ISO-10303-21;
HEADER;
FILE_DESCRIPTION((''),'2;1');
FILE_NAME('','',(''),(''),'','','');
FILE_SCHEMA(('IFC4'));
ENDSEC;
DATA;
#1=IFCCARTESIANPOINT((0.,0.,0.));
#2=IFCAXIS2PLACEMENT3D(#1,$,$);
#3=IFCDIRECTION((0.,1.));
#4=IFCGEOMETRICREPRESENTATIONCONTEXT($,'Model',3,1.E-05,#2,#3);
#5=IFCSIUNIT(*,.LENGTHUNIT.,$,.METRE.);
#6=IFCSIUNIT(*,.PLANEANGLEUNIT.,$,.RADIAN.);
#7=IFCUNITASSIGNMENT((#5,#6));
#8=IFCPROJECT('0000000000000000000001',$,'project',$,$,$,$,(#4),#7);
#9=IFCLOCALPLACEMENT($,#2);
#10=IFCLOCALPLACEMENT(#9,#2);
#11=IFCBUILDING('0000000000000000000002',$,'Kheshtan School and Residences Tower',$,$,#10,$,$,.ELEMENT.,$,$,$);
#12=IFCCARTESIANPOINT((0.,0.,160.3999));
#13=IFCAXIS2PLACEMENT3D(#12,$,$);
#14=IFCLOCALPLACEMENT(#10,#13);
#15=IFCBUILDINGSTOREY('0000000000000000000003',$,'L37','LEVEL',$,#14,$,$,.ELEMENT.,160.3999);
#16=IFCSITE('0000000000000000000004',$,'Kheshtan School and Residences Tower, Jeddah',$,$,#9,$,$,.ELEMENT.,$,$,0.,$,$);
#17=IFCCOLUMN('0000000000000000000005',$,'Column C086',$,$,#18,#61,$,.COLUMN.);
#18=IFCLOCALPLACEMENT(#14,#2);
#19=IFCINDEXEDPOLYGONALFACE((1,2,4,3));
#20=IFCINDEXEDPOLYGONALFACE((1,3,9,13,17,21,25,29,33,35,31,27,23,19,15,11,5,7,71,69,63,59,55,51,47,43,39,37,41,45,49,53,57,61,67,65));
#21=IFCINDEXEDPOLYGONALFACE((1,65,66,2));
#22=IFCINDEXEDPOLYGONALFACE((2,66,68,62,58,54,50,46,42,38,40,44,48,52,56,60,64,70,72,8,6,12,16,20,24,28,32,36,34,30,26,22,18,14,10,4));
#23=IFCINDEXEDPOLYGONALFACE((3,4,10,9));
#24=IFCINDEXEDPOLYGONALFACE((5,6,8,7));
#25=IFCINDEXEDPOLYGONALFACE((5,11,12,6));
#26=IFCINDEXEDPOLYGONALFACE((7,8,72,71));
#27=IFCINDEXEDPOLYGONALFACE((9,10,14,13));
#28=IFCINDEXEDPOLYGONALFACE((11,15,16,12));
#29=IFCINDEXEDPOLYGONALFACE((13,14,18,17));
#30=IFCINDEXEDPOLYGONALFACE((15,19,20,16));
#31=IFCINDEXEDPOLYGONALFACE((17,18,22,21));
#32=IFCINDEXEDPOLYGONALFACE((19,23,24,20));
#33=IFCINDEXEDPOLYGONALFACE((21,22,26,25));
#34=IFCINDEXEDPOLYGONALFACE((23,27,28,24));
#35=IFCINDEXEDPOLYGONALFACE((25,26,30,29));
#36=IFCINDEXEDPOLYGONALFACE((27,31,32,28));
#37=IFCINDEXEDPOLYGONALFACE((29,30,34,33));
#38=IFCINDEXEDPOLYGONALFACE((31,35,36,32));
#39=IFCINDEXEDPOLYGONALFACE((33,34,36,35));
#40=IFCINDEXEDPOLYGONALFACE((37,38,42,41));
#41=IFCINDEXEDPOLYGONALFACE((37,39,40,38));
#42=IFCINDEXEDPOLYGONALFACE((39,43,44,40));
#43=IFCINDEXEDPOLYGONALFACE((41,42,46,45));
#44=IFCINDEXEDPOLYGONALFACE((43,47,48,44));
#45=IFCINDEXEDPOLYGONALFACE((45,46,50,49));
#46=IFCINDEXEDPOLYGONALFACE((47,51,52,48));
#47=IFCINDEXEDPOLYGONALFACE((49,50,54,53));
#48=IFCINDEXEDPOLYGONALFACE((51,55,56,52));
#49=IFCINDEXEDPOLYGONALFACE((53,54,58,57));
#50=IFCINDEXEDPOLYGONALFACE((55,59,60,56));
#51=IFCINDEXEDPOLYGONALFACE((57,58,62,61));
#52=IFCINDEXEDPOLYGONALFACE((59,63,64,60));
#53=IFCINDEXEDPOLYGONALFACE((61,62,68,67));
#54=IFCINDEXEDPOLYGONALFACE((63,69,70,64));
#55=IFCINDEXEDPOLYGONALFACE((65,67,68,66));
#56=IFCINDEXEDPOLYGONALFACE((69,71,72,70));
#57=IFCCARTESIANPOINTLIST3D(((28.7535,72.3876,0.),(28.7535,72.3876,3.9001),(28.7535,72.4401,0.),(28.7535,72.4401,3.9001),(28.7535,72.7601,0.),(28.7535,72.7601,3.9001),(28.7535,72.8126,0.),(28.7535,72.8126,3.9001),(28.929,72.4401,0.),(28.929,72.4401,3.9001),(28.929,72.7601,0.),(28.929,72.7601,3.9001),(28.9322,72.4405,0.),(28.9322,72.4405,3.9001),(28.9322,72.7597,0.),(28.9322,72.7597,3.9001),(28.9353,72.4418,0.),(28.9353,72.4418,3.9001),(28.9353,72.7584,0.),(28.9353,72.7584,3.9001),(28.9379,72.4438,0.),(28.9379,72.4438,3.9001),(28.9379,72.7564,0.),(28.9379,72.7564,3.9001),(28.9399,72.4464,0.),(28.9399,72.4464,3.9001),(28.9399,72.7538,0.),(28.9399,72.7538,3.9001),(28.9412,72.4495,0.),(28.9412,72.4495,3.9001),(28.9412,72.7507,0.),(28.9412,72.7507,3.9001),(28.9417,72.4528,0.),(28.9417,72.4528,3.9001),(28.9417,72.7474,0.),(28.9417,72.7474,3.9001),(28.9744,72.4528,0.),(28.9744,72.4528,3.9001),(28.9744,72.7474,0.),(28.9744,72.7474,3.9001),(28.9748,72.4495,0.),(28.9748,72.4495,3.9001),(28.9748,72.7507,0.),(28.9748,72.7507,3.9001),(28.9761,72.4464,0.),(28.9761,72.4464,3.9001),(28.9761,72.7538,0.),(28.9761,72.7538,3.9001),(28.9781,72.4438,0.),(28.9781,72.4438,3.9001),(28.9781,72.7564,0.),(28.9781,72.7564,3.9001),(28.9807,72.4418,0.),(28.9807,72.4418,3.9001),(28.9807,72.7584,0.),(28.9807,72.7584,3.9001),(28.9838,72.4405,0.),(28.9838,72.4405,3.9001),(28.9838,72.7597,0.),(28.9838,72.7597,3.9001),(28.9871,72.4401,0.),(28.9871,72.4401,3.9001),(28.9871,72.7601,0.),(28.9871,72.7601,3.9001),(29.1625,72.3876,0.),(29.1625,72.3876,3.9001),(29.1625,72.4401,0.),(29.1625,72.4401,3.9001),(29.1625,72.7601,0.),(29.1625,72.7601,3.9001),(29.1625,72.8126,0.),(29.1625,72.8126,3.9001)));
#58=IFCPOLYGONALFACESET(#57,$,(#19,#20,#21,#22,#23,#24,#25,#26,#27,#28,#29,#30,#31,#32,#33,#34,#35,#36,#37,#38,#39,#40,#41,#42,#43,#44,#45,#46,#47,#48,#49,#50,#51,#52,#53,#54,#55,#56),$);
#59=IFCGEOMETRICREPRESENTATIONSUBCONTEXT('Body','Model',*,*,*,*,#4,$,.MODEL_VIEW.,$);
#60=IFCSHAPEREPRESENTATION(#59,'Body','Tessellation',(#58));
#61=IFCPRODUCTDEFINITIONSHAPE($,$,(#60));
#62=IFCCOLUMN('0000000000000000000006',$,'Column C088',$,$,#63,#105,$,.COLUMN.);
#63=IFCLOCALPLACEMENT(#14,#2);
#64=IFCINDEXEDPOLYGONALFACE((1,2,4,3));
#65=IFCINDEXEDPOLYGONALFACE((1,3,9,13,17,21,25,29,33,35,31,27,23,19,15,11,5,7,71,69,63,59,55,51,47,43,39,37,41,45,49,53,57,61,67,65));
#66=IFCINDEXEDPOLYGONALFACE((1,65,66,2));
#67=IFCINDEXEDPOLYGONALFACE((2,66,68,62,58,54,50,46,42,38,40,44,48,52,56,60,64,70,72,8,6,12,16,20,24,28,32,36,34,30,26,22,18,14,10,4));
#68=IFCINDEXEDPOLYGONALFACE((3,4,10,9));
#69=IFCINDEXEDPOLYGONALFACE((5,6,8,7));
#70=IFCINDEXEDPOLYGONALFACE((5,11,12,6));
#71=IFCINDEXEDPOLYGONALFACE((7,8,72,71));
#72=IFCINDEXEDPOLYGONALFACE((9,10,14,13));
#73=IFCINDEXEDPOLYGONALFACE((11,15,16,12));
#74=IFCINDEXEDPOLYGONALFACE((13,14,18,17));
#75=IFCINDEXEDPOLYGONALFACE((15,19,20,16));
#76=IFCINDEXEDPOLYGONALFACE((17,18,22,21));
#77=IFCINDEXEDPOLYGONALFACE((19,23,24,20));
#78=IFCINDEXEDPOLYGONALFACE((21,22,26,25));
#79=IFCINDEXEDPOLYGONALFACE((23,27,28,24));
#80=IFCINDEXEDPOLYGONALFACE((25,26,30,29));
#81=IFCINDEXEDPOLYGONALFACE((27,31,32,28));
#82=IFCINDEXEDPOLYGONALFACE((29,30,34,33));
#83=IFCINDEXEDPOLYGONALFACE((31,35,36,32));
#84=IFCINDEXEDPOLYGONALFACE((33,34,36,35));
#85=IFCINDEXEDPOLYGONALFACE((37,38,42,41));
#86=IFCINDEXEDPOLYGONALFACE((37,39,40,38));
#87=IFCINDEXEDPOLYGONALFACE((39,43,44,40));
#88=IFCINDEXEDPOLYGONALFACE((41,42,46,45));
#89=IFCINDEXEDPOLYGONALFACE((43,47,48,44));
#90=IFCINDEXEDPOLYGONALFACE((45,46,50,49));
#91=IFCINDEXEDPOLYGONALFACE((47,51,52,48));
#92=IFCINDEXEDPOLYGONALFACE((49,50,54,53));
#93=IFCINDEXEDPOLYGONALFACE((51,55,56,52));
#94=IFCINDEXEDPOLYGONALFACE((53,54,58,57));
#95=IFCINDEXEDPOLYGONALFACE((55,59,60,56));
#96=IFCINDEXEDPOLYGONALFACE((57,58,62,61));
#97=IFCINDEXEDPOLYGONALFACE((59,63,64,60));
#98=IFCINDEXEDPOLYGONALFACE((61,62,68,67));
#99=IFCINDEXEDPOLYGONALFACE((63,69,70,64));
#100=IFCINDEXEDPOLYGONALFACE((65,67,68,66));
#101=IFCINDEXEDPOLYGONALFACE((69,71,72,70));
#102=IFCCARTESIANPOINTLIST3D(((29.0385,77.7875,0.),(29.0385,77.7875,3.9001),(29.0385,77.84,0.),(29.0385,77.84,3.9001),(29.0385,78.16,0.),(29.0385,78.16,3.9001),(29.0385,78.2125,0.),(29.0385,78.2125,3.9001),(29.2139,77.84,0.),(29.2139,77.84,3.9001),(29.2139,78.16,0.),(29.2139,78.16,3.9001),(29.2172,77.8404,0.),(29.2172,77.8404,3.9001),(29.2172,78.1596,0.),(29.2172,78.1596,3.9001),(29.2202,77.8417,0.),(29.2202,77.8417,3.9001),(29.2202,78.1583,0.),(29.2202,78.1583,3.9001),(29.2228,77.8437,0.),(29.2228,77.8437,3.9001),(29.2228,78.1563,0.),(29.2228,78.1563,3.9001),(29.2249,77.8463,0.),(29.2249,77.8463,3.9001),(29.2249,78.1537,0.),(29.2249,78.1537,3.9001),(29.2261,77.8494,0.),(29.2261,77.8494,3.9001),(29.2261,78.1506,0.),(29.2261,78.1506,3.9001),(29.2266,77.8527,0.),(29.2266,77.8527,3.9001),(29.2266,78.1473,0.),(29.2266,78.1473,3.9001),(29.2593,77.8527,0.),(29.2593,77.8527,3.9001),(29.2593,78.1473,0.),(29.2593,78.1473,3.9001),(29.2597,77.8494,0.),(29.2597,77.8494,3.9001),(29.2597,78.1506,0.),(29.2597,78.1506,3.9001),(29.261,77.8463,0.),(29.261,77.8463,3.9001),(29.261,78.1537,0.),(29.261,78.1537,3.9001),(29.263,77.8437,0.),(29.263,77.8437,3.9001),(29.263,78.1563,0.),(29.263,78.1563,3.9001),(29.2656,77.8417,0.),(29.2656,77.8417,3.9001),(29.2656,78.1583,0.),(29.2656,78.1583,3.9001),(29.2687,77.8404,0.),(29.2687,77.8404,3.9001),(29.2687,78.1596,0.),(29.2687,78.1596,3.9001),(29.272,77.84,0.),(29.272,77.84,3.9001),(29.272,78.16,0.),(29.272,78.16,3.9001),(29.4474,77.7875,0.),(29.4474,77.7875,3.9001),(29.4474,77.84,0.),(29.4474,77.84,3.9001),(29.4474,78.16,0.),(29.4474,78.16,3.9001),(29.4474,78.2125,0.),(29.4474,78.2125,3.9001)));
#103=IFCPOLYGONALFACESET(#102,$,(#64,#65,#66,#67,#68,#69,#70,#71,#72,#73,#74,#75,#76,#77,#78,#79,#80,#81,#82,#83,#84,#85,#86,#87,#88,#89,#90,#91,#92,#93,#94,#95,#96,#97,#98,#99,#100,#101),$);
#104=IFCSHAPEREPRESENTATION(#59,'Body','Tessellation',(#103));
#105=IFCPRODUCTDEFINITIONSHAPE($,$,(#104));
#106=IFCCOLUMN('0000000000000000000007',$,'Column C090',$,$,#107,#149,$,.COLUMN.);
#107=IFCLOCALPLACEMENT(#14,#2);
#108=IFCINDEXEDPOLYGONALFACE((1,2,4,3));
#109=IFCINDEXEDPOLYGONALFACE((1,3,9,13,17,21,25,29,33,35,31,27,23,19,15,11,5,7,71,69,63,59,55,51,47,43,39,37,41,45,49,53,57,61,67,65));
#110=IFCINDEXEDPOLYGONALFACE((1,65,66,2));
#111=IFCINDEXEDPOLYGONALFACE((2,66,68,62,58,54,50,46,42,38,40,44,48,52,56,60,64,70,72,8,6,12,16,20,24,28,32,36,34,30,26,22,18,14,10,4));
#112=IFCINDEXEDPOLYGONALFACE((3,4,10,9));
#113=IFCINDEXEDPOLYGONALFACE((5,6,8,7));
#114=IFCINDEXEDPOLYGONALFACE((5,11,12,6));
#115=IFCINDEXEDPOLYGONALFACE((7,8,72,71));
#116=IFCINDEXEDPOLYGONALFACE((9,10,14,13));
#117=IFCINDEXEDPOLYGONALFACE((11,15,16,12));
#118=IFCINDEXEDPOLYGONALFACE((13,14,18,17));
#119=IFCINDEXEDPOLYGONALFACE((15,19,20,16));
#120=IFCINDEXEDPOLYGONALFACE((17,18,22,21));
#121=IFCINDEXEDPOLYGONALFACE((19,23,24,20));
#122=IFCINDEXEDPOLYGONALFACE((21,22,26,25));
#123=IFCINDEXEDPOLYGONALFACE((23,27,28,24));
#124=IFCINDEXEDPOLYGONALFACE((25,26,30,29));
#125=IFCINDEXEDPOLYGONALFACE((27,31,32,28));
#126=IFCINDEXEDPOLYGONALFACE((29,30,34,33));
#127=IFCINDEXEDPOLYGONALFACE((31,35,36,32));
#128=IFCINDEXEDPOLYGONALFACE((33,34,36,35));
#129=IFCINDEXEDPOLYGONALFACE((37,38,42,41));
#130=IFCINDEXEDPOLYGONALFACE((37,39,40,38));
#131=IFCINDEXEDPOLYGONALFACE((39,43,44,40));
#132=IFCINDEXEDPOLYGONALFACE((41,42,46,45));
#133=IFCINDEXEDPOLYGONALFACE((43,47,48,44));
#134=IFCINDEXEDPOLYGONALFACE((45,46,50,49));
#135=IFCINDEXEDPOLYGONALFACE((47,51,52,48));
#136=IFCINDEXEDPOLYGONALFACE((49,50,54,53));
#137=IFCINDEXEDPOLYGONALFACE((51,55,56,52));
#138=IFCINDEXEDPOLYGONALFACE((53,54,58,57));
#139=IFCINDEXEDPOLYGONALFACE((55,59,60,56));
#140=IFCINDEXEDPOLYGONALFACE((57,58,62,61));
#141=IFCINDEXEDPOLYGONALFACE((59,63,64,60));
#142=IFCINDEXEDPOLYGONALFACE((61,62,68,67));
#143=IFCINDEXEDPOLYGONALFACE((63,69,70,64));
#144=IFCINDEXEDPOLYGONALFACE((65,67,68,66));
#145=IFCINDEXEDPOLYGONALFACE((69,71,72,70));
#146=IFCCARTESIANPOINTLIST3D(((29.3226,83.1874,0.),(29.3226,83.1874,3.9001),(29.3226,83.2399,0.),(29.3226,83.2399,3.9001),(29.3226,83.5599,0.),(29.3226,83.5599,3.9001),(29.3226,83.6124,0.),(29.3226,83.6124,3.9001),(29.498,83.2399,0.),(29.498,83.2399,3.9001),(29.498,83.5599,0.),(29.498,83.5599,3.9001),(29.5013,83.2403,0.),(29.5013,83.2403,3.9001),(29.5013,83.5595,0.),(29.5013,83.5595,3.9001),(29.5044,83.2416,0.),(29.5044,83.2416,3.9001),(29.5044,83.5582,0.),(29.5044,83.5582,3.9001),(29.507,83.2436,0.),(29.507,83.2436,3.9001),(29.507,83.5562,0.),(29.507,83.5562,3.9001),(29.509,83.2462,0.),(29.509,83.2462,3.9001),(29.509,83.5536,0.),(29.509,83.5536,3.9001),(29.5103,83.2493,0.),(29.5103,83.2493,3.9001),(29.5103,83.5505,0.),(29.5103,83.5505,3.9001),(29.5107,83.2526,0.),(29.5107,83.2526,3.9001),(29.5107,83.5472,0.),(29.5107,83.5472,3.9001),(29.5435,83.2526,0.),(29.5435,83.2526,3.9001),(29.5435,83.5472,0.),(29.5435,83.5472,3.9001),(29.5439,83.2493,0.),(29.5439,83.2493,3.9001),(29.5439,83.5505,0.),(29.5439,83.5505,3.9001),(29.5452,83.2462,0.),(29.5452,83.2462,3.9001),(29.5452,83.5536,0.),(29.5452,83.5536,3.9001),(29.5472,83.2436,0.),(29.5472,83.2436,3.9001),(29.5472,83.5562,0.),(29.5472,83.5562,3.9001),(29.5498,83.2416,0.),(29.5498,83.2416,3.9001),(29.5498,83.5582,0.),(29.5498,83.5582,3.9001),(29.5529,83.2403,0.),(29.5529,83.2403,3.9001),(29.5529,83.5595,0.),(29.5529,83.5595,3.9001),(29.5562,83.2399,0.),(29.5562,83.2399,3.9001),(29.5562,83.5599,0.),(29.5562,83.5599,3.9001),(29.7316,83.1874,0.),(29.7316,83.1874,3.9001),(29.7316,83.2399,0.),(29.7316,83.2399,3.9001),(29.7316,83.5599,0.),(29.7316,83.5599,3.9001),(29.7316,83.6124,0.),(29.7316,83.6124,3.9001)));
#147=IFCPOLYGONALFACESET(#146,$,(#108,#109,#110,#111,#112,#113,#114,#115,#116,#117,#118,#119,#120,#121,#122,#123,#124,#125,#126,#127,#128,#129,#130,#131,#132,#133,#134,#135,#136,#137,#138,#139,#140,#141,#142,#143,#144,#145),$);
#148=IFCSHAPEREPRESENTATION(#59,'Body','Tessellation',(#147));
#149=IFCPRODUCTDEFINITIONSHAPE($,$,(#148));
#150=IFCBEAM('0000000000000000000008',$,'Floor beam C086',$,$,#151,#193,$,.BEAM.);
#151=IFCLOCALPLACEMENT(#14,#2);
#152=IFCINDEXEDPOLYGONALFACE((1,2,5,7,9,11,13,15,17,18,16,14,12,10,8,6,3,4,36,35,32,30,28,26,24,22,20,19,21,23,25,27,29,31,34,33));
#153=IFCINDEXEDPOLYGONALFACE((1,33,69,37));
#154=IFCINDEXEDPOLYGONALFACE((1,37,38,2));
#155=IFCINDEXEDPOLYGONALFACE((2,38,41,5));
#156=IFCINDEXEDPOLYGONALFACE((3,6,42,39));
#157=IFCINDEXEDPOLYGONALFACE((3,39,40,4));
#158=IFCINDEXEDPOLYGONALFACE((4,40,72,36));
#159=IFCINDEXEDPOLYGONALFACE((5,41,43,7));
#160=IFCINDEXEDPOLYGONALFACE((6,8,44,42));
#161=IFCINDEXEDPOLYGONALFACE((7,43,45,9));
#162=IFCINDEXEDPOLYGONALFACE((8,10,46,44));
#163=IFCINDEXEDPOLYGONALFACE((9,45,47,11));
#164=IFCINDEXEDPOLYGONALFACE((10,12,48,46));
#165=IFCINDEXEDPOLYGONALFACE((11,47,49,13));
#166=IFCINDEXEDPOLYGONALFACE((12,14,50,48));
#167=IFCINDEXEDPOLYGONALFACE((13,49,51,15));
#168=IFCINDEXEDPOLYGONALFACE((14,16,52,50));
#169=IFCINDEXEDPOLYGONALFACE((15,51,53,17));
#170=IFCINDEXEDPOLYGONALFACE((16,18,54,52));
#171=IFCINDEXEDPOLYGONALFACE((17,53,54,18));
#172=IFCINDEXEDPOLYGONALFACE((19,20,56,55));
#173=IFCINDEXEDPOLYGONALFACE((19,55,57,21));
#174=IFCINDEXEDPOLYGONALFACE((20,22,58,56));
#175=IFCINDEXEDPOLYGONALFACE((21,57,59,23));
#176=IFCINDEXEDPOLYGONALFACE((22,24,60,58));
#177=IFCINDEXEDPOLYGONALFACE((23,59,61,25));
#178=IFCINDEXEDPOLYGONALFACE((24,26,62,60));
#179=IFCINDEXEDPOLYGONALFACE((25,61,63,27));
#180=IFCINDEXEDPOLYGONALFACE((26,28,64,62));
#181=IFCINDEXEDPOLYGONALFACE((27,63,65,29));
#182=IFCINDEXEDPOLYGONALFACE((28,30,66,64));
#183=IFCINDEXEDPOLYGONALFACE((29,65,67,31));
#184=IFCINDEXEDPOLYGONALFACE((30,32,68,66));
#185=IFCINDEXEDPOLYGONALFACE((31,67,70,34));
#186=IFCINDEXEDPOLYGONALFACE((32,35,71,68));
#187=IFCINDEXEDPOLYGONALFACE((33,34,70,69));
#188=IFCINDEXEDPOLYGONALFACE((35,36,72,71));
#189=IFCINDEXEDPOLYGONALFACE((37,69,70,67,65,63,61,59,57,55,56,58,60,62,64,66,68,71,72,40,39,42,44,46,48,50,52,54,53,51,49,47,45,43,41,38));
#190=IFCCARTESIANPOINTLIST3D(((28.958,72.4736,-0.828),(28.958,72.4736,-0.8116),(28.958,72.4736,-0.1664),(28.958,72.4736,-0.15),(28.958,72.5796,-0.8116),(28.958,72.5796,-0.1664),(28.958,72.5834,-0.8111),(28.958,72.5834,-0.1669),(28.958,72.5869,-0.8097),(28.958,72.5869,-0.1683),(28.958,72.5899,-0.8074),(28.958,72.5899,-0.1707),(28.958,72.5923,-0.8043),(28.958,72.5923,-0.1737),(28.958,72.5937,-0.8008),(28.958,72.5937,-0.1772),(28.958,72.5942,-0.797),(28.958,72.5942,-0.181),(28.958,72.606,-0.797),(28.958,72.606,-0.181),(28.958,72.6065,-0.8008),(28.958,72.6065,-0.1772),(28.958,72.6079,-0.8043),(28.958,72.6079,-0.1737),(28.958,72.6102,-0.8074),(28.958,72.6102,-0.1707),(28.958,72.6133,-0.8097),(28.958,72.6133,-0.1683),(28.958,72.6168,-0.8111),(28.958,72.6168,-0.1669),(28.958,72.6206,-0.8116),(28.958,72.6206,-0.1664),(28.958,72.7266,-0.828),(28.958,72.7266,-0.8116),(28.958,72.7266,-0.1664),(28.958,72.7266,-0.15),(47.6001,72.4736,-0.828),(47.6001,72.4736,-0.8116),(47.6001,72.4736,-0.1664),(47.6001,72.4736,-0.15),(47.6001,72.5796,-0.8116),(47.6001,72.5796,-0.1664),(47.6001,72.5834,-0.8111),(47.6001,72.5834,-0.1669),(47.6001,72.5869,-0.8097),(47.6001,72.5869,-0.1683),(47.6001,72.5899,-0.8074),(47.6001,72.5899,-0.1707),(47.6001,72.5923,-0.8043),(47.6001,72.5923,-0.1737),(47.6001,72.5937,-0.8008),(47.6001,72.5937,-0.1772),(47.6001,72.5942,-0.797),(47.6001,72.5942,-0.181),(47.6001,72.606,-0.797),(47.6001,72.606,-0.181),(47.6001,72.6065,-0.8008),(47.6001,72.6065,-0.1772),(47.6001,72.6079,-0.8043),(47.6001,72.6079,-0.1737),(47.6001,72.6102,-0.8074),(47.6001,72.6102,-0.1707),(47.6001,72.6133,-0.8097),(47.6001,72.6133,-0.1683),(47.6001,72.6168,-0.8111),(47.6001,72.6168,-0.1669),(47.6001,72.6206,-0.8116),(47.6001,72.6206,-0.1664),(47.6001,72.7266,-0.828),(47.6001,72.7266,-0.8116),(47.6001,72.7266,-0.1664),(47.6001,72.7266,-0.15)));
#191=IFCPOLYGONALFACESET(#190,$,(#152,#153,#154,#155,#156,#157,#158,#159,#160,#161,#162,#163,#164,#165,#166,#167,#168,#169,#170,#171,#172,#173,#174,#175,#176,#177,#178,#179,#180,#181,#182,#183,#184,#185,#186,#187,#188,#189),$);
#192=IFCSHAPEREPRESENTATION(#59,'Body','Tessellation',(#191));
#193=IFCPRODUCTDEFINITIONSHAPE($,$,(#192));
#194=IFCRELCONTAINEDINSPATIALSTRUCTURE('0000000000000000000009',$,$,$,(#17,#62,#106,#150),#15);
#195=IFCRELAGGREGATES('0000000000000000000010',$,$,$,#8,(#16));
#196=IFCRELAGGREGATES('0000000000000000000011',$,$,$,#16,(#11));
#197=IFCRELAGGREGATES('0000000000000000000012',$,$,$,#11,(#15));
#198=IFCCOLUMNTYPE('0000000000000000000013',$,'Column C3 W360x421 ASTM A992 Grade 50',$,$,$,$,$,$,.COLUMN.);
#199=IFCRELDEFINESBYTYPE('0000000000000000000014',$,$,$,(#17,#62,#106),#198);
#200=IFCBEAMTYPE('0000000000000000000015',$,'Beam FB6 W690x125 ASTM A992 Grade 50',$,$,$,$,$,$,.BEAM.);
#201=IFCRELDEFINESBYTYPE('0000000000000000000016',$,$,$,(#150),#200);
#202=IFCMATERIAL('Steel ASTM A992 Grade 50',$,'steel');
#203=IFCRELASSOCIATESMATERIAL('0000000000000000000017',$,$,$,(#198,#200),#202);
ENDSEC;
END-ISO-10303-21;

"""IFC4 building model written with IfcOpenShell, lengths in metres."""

from ifc_helpers import new_model, si_unit, direction, frame, origin, origin_2d, place, context, subcontext, project, spatial, i_section, extrude, material, material_profile, profile_set, type_object, element, save


model = new_model("IFC4")

# Units and contexts
model_context = context("Model", 3, precision=1e-05, world=origin(), true_north=direction((0.0, 1.0)))
body_context = subcontext(model_context, "Body", "Model", "MODEL_VIEW")
ifc_project = project(units=[si_unit("LENGTHUNIT", "METRE"), si_unit("PLANEANGLEUNIT", "RADIAN")], contexts=[model_context])

# Site, building, storey
site_placement = place(None, origin())
site = spatial("IfcSite", under=ifc_project, at=site_placement, Name="Kheshtan School and Residences Tower, Jeddah", CompositionType="ELEMENT", RefElevation=0.0)
building_placement = place(site_placement, origin())
building = spatial("IfcBuilding", under=site, at=building_placement, Name="Kheshtan School and Residences Tower", CompositionType="ELEMENT")
storey_placement = place(building_placement, frame((0.0, 0.0, 160.3999)))
storey = spatial("IfcBuildingStorey", under=building, at=storey_placement, Name="L37", Description="LEVEL", CompositionType="ELEMENT", Elevation=160.3999)

# Columns
ifc_material_1 = material(Name="Steel ASTM A992 Grade 50", Category="steel")
ifc_material_profile_1 = material_profile(ifc_material_1, i_section(OverallWidth=0.4089, OverallDepth=0.425, WebThickness=0.0327, FlangeThickness=0.0525, FilletRadius=0.0127, at=origin_2d()), Name="W360x421")
ifc_profile_set_1 = profile_set([ifc_material_profile_1], Name="Steel ASTM A992 Grade 50")
column_type = type_object("IfcColumnType", Name="Column C3 W360x421 ASTM A992 Grade 50", PredefinedType="COLUMN", material=ifc_profile_set_1)
for number, where, z_axis, x_axis, name in (
    (1, (28.958, 72.6001, 0.0), (0.0, 0.0, 1.0), (1.0, 0.0, 0.0), "Column C086"),
    (2, (29.2429, 78.0, 0.0), (0.0, 0.0, 1.0), (1.0, 0.0, 0.0), "Column C088"),
    (3, (29.5271, 83.3999, 0.0), (0.0, 0.0, 1.0), (1.0, 0.0, 0.0), "Column C090"),
):
    element("IfcColumn", number, at=place(storey_placement, frame(where, z_axis=z_axis, x_axis=x_axis)), inside=storey, type_object=column_type, Name=name, PredefinedType="COLUMN", context=body_context, shape_type="SweptSolid", body=[
        extrude(i_section(OverallWidth=0.4089, OverallDepth=0.425, WebThickness=0.0327, FlangeThickness=0.0525, FilletRadius=0.0127, at=origin_2d()), origin(), (0.0, 0.0, 1.0), 3.9001),
    ])

# Beam
ifc_material_profile_2 = material_profile(ifc_material_1, i_section(OverallWidth=0.2529, OverallDepth=0.678, WebThickness=0.0117, FlangeThickness=0.0164, FilletRadius=0.0146, at=origin_2d()), Name="W690x125")
ifc_profile_set_2 = profile_set([ifc_material_profile_2], Name="Steel ASTM A992 Grade 50")
beam_type_1 = type_object("IfcBeamType", Name="Beam FB6 W690x125 ASTM A992 Grade 50", PredefinedType="BEAM", material=ifc_profile_set_2)
beam_1_placement = place(storey_placement, frame((28.958, 72.6001, -0.489), z_axis=(1.0, 0.0, 0.0), x_axis=(0.0, 1.0, 0.0)))
element("IfcBeam", 4, at=beam_1_placement, inside=storey, type_object=beam_type_1, Name="Floor beam C086", PredefinedType="BEAM", context=body_context, shape_type="SweptSolid", body=[
    extrude(i_section(OverallWidth=0.2529, OverallDepth=0.678, WebThickness=0.0117, FlangeThickness=0.0164, FilletRadius=0.0146, at=origin_2d()), origin(), (0.0, 0.0, 1.0), 18.6421),
])

save(model, "model.ifc")
